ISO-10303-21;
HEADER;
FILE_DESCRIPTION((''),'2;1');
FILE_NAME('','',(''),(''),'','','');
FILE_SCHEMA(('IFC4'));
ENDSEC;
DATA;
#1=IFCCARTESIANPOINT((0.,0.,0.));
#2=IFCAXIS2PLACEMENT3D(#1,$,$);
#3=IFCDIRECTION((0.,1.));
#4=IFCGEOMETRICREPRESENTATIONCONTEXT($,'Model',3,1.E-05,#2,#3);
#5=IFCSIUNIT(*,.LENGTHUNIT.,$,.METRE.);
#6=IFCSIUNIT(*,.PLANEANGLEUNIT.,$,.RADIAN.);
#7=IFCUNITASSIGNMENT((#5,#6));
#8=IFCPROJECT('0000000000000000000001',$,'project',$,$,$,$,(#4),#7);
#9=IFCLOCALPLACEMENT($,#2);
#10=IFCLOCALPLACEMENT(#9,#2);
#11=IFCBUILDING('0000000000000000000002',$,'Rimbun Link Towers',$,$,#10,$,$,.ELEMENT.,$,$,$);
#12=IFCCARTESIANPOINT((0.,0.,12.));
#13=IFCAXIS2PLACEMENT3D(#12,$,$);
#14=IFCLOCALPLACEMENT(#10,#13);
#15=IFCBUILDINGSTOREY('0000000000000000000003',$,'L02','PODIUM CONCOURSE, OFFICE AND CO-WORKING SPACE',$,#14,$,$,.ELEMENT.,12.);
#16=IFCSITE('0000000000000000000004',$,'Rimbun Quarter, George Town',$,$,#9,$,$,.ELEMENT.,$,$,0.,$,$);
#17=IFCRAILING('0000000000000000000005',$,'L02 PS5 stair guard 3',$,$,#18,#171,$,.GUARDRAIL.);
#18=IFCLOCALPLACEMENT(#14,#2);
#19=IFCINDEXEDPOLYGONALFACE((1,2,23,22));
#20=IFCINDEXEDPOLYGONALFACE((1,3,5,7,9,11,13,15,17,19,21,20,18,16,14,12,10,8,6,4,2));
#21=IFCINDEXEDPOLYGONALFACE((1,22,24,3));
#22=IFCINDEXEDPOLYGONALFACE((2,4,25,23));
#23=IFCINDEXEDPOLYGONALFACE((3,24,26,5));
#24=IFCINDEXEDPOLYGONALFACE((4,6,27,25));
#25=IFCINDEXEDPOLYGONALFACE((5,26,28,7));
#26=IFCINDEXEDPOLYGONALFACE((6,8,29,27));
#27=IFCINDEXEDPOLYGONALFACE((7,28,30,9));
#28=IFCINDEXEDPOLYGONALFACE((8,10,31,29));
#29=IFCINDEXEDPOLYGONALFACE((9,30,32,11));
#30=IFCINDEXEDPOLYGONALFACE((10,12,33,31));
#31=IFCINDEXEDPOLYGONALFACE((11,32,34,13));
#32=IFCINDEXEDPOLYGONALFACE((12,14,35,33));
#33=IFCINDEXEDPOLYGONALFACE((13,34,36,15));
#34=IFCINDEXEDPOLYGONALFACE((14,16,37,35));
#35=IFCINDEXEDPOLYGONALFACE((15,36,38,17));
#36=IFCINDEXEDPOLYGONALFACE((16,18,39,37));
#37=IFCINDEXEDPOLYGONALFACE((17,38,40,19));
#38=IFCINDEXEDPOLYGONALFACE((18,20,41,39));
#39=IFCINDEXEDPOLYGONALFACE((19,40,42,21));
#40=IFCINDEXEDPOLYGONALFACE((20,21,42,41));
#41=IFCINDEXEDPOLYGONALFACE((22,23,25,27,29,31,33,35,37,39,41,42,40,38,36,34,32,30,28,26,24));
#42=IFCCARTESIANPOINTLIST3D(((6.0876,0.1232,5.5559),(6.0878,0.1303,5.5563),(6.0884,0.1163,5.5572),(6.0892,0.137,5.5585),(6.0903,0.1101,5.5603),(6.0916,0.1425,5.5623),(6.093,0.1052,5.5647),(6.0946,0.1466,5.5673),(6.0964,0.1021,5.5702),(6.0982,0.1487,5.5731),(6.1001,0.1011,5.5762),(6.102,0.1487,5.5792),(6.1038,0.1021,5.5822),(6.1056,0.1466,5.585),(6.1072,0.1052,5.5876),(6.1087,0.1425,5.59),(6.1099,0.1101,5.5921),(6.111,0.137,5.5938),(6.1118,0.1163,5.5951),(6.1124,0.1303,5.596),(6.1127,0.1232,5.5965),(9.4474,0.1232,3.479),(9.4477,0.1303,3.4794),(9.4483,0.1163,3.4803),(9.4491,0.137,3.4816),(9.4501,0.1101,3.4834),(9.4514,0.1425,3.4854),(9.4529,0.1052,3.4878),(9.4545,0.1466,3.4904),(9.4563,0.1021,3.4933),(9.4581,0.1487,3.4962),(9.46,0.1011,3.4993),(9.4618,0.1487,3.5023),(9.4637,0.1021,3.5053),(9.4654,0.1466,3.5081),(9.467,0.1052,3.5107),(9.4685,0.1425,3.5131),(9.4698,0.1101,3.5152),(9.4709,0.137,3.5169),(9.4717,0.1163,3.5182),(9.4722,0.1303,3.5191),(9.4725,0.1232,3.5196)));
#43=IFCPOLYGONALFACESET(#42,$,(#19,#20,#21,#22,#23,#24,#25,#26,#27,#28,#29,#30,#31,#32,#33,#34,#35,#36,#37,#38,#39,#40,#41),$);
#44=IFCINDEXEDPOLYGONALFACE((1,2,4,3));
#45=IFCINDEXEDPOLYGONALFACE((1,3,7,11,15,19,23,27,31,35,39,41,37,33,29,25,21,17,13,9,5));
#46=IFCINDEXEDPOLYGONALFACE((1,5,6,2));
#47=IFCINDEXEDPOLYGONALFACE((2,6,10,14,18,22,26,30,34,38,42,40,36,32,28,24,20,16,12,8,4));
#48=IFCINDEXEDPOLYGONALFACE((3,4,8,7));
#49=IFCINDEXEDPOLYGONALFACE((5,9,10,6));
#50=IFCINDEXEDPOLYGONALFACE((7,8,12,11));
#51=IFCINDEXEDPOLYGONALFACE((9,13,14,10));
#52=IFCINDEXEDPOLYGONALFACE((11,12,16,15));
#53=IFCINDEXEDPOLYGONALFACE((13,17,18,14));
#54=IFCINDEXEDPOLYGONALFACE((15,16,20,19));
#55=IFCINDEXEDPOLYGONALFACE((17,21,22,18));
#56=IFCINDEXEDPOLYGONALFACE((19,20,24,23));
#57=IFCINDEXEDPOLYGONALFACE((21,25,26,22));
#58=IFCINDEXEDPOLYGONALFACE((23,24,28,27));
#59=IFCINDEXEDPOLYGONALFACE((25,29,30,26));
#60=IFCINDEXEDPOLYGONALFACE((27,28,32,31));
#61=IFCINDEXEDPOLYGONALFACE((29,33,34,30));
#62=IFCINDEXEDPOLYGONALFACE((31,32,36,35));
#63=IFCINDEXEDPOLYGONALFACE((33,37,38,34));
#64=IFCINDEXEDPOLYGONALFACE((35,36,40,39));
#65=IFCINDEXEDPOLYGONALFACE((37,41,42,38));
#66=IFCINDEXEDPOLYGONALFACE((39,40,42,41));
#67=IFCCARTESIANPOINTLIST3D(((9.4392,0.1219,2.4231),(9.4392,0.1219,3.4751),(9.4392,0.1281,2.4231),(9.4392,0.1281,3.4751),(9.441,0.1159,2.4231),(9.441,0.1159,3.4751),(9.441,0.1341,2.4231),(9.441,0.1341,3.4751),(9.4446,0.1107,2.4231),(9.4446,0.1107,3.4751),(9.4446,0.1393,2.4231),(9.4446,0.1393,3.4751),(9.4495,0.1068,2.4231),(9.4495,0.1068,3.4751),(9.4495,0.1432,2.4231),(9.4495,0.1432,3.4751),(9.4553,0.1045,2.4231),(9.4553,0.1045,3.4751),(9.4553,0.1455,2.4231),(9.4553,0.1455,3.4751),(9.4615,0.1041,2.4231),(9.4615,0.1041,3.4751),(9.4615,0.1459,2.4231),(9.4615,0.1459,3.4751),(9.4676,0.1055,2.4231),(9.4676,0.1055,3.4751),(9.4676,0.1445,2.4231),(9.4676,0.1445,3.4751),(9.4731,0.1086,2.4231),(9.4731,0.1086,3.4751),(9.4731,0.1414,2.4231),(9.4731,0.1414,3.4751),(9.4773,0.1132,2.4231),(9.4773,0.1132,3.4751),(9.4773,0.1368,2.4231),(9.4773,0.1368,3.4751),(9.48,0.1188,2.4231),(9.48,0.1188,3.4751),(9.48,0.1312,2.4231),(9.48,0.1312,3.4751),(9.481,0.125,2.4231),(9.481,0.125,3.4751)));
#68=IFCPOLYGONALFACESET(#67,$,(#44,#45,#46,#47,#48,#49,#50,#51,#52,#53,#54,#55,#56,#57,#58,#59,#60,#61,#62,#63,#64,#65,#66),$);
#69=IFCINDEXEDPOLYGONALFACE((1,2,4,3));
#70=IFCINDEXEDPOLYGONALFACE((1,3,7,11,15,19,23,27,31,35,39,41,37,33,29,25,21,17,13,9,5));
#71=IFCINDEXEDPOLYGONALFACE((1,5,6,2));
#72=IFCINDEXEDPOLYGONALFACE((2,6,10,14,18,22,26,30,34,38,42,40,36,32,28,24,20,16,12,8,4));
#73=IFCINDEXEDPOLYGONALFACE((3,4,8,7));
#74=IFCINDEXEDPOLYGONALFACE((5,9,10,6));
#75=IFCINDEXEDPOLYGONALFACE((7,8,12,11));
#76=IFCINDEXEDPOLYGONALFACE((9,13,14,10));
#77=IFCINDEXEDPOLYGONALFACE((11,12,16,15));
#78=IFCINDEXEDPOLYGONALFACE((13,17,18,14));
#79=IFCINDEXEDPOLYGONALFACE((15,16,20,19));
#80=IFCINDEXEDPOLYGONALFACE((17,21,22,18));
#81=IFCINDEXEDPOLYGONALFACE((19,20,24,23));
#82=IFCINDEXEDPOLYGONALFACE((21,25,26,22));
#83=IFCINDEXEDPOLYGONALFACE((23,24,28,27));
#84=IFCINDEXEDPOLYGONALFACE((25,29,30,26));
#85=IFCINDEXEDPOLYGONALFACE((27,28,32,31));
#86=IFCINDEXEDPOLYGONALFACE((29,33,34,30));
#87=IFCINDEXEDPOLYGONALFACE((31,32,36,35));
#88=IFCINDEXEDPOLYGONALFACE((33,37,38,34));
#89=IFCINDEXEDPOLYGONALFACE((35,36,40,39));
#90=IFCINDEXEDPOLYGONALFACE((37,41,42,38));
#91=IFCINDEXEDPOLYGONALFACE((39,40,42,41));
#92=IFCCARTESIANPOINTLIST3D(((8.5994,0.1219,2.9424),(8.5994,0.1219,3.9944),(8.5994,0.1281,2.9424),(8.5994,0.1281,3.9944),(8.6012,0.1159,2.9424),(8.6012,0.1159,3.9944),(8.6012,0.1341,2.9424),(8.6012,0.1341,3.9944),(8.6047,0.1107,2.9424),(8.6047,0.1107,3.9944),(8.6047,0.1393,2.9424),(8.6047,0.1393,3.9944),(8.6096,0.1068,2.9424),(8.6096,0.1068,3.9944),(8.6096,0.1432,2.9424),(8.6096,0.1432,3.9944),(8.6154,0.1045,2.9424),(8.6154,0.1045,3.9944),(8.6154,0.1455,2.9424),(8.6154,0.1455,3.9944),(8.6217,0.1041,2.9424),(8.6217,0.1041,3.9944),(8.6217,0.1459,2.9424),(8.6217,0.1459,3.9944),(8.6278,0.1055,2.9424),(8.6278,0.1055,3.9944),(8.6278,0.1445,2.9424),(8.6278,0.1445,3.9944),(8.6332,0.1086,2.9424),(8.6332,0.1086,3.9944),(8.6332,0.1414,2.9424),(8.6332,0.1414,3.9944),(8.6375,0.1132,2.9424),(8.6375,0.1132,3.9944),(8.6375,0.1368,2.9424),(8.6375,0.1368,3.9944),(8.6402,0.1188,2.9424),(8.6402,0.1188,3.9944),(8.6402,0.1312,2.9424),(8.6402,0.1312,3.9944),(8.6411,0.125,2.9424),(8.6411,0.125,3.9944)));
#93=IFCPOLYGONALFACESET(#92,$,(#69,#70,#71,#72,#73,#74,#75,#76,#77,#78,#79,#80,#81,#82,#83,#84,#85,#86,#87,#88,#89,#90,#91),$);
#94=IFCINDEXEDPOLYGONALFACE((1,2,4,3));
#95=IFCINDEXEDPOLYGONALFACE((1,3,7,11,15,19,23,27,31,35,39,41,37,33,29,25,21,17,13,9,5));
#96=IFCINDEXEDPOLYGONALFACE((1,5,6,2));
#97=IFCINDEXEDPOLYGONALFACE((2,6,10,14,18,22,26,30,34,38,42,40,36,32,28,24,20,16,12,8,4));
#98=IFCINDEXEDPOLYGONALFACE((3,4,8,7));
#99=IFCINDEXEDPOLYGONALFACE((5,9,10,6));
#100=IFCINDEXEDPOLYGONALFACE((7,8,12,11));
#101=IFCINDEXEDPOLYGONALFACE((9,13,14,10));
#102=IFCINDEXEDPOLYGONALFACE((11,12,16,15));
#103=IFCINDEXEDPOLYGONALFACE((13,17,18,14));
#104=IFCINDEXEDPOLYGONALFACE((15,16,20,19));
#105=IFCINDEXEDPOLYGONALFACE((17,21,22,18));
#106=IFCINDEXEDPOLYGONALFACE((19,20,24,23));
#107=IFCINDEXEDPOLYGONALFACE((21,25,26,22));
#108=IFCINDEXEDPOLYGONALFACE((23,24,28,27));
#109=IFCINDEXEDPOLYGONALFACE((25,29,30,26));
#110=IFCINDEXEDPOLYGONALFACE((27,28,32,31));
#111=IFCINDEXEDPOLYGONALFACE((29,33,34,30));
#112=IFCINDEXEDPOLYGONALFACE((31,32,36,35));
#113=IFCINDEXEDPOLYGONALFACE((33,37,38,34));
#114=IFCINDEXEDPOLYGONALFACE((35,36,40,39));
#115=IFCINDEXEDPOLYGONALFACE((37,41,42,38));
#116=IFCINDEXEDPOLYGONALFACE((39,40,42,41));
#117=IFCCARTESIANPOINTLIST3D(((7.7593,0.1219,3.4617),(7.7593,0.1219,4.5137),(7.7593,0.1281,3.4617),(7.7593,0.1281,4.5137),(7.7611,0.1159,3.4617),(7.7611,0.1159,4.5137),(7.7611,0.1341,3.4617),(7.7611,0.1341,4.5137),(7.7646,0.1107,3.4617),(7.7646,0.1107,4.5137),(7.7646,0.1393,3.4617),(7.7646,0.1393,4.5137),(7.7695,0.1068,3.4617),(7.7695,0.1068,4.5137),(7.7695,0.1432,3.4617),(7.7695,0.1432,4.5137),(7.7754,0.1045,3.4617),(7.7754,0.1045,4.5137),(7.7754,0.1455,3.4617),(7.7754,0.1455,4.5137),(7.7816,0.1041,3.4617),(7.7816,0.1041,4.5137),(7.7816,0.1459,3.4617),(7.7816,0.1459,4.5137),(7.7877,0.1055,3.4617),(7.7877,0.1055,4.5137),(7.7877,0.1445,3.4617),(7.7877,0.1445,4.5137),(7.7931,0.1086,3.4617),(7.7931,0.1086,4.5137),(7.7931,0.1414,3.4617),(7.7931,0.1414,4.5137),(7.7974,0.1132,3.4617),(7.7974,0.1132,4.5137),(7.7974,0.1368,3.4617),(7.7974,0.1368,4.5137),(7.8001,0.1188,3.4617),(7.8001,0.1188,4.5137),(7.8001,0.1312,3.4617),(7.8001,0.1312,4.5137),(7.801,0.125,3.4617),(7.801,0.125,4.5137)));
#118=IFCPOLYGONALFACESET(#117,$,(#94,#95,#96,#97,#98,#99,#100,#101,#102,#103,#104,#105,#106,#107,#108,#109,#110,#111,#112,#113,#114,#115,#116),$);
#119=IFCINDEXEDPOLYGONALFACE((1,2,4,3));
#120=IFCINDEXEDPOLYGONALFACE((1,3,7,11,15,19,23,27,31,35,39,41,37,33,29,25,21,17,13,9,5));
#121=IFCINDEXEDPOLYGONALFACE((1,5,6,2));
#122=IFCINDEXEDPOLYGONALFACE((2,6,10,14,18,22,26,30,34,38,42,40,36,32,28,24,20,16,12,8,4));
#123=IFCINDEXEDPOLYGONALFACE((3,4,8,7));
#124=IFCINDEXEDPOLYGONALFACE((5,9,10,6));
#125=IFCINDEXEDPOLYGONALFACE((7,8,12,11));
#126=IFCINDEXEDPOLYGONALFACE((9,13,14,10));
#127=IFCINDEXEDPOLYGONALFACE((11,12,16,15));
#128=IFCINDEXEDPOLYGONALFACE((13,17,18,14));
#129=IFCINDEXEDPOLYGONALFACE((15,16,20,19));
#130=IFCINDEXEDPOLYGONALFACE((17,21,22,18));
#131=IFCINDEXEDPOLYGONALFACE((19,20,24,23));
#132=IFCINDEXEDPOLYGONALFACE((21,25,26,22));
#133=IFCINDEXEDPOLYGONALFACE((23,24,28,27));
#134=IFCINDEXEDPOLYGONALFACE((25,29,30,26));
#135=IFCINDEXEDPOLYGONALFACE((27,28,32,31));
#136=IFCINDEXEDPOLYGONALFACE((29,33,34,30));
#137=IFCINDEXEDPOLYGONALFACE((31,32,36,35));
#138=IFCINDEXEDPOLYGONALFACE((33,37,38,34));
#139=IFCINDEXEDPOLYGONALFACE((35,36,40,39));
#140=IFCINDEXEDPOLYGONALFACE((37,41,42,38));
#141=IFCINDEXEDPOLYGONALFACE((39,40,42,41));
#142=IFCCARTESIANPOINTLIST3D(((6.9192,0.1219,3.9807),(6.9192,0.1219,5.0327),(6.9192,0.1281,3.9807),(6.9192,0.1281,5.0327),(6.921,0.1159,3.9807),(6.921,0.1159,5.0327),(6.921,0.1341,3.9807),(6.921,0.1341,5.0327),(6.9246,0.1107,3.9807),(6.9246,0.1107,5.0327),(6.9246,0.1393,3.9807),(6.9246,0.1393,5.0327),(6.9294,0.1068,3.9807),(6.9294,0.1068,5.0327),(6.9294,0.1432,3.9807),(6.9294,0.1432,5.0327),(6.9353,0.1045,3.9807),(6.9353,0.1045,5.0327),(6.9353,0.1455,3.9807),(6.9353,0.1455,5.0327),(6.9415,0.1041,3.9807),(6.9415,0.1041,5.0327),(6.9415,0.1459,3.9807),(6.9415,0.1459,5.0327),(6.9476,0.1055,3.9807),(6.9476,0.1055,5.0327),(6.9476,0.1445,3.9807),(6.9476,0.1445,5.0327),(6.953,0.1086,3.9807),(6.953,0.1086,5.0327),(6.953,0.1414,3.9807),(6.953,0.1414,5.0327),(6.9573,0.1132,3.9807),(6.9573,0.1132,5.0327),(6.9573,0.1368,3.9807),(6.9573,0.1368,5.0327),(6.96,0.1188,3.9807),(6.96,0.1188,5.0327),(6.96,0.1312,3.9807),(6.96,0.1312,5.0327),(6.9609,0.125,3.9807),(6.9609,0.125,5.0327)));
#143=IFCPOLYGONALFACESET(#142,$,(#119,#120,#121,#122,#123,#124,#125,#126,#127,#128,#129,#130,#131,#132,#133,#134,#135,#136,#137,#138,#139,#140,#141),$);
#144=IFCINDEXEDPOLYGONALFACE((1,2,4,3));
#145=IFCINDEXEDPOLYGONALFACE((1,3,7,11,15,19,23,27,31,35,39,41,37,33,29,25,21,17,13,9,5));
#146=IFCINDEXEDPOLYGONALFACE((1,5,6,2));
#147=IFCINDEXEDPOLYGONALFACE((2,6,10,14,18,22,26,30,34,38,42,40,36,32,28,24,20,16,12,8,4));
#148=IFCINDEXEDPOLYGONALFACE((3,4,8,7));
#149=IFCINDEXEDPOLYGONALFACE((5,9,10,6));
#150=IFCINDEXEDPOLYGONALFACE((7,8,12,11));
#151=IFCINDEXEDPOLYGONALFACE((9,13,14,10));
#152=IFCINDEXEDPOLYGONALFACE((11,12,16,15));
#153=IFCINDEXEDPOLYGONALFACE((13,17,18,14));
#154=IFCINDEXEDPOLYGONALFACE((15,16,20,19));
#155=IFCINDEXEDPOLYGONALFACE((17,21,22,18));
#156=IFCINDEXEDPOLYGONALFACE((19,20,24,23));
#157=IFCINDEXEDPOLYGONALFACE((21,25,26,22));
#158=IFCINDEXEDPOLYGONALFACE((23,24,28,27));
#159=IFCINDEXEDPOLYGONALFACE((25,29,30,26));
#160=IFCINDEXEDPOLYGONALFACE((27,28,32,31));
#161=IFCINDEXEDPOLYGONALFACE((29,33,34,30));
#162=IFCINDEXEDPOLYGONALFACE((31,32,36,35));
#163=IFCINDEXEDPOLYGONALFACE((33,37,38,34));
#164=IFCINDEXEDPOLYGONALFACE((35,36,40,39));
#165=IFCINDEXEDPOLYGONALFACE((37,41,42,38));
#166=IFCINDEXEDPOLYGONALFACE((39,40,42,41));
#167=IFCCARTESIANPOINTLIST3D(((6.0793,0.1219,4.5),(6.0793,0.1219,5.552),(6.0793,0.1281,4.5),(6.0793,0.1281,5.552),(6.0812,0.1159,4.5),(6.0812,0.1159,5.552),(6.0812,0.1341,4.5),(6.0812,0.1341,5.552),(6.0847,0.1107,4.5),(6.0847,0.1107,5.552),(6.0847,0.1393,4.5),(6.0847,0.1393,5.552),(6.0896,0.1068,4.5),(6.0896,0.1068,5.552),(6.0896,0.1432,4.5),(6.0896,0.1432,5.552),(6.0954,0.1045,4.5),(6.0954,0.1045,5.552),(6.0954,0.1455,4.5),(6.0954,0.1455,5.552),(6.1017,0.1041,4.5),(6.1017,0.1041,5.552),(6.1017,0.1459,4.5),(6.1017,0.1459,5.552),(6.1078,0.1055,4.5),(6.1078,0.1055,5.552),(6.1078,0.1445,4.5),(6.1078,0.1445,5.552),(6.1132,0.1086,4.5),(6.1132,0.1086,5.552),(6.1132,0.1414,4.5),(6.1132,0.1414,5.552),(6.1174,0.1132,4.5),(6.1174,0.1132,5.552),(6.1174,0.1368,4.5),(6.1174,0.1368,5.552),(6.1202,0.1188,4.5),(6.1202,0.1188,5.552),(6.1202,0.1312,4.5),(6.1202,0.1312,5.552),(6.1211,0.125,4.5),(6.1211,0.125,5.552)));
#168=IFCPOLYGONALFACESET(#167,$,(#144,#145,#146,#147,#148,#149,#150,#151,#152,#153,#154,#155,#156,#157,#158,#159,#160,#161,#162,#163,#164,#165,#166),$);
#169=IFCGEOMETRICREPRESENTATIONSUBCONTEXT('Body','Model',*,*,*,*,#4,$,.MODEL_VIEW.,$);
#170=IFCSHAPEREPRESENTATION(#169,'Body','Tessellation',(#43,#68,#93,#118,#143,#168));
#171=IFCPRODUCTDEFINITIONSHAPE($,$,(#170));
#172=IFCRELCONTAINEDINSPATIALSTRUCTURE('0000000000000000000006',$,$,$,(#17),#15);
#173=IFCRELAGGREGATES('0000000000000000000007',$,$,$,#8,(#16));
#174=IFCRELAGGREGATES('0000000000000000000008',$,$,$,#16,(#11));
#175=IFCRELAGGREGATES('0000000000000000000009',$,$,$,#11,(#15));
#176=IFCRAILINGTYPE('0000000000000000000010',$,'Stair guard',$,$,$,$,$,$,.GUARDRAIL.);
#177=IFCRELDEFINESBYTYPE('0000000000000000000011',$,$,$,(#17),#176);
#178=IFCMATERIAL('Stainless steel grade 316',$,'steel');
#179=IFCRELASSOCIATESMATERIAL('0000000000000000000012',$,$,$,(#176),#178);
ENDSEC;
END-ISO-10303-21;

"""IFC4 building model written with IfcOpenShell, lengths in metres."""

from ifc_helpers import new_model, si_unit, direction, frame, origin, origin_2d, place, context, subcontext, project, spatial, circle, extrude, material, type_object, element, save


model = new_model("IFC4")

# Units and contexts
model_context = context("Model", 3, precision=1e-05, world=origin(), true_north=direction((0.0, 1.0)))
body_context = subcontext(model_context, "Body", "Model", "MODEL_VIEW")
ifc_project = project(units=[si_unit("LENGTHUNIT", "METRE"), si_unit("PLANEANGLEUNIT", "RADIAN")], contexts=[model_context])

# Site, building, storey
site_placement = place(None, origin())
site = spatial("IfcSite", under=ifc_project, at=site_placement, Name="Rimbun Quarter, George Town", CompositionType="ELEMENT", RefElevation=0.0)
building_placement = place(site_placement, origin())
building = spatial("IfcBuilding", under=site, at=building_placement, Name="Rimbun Link Towers", CompositionType="ELEMENT")
storey_placement = place(building_placement, frame((0.0, 0.0, 12.0)))
storey = spatial("IfcBuildingStorey", under=building, at=storey_placement, Name="L02", Description="PODIUM CONCOURSE, OFFICE AND CO-WORKING SPACE", CompositionType="ELEMENT", Elevation=12.0)

# Railing
ifc_material_1 = material(Name="Stainless steel grade 316", Category="steel")
railing_type_1 = type_object("IfcRailingType", Name="Stair guard", PredefinedType="GUARDRAIL", material=ifc_material_1)
railing_1_placement = place(storey_placement, frame((9.46, 0.125, 2.4231)))
element("IfcRailing", 1, at=railing_1_placement, inside=storey, type_object=railing_type_1, Name="L02 PS5 stair guard 3", PredefinedType="GUARDRAIL", context=body_context, shape_type="SweptSolid", body=[
    extrude(circle(Radius=0.0239, at=origin_2d()), frame((0.0, 0.0, 1.0762), z_axis=(-0.850606, 0.0, 0.525803), x_axis=(0.0, -1.0, 0.0)), (0.0, 0.0, 1.0), 3.95),
    extrude(circle(Radius=0.021, at=origin_2d()), origin(), (0.0, 0.0, 1.0), 1.052),
    extrude(circle(Radius=0.021, at=origin_2d()), frame((-0.8398, 0.0, 0.5193)), (0.0, 0.0, 1.0), 1.052),
    extrude(circle(Radius=0.021, at=origin_2d()), frame((-1.6799, 0.0, 1.0386)), (0.0, 0.0, 1.0), 1.052),
    extrude(circle(Radius=0.021, at=origin_2d()), frame((-2.52, 0.0, 1.5576)), (0.0, 0.0, 1.0), 1.052),
    extrude(circle(Radius=0.021, at=origin_2d()), frame((-3.3599, 0.0, 2.0769)), (0.0, 0.0, 1.0), 1.052),
])

save(model, "model.ifc")
